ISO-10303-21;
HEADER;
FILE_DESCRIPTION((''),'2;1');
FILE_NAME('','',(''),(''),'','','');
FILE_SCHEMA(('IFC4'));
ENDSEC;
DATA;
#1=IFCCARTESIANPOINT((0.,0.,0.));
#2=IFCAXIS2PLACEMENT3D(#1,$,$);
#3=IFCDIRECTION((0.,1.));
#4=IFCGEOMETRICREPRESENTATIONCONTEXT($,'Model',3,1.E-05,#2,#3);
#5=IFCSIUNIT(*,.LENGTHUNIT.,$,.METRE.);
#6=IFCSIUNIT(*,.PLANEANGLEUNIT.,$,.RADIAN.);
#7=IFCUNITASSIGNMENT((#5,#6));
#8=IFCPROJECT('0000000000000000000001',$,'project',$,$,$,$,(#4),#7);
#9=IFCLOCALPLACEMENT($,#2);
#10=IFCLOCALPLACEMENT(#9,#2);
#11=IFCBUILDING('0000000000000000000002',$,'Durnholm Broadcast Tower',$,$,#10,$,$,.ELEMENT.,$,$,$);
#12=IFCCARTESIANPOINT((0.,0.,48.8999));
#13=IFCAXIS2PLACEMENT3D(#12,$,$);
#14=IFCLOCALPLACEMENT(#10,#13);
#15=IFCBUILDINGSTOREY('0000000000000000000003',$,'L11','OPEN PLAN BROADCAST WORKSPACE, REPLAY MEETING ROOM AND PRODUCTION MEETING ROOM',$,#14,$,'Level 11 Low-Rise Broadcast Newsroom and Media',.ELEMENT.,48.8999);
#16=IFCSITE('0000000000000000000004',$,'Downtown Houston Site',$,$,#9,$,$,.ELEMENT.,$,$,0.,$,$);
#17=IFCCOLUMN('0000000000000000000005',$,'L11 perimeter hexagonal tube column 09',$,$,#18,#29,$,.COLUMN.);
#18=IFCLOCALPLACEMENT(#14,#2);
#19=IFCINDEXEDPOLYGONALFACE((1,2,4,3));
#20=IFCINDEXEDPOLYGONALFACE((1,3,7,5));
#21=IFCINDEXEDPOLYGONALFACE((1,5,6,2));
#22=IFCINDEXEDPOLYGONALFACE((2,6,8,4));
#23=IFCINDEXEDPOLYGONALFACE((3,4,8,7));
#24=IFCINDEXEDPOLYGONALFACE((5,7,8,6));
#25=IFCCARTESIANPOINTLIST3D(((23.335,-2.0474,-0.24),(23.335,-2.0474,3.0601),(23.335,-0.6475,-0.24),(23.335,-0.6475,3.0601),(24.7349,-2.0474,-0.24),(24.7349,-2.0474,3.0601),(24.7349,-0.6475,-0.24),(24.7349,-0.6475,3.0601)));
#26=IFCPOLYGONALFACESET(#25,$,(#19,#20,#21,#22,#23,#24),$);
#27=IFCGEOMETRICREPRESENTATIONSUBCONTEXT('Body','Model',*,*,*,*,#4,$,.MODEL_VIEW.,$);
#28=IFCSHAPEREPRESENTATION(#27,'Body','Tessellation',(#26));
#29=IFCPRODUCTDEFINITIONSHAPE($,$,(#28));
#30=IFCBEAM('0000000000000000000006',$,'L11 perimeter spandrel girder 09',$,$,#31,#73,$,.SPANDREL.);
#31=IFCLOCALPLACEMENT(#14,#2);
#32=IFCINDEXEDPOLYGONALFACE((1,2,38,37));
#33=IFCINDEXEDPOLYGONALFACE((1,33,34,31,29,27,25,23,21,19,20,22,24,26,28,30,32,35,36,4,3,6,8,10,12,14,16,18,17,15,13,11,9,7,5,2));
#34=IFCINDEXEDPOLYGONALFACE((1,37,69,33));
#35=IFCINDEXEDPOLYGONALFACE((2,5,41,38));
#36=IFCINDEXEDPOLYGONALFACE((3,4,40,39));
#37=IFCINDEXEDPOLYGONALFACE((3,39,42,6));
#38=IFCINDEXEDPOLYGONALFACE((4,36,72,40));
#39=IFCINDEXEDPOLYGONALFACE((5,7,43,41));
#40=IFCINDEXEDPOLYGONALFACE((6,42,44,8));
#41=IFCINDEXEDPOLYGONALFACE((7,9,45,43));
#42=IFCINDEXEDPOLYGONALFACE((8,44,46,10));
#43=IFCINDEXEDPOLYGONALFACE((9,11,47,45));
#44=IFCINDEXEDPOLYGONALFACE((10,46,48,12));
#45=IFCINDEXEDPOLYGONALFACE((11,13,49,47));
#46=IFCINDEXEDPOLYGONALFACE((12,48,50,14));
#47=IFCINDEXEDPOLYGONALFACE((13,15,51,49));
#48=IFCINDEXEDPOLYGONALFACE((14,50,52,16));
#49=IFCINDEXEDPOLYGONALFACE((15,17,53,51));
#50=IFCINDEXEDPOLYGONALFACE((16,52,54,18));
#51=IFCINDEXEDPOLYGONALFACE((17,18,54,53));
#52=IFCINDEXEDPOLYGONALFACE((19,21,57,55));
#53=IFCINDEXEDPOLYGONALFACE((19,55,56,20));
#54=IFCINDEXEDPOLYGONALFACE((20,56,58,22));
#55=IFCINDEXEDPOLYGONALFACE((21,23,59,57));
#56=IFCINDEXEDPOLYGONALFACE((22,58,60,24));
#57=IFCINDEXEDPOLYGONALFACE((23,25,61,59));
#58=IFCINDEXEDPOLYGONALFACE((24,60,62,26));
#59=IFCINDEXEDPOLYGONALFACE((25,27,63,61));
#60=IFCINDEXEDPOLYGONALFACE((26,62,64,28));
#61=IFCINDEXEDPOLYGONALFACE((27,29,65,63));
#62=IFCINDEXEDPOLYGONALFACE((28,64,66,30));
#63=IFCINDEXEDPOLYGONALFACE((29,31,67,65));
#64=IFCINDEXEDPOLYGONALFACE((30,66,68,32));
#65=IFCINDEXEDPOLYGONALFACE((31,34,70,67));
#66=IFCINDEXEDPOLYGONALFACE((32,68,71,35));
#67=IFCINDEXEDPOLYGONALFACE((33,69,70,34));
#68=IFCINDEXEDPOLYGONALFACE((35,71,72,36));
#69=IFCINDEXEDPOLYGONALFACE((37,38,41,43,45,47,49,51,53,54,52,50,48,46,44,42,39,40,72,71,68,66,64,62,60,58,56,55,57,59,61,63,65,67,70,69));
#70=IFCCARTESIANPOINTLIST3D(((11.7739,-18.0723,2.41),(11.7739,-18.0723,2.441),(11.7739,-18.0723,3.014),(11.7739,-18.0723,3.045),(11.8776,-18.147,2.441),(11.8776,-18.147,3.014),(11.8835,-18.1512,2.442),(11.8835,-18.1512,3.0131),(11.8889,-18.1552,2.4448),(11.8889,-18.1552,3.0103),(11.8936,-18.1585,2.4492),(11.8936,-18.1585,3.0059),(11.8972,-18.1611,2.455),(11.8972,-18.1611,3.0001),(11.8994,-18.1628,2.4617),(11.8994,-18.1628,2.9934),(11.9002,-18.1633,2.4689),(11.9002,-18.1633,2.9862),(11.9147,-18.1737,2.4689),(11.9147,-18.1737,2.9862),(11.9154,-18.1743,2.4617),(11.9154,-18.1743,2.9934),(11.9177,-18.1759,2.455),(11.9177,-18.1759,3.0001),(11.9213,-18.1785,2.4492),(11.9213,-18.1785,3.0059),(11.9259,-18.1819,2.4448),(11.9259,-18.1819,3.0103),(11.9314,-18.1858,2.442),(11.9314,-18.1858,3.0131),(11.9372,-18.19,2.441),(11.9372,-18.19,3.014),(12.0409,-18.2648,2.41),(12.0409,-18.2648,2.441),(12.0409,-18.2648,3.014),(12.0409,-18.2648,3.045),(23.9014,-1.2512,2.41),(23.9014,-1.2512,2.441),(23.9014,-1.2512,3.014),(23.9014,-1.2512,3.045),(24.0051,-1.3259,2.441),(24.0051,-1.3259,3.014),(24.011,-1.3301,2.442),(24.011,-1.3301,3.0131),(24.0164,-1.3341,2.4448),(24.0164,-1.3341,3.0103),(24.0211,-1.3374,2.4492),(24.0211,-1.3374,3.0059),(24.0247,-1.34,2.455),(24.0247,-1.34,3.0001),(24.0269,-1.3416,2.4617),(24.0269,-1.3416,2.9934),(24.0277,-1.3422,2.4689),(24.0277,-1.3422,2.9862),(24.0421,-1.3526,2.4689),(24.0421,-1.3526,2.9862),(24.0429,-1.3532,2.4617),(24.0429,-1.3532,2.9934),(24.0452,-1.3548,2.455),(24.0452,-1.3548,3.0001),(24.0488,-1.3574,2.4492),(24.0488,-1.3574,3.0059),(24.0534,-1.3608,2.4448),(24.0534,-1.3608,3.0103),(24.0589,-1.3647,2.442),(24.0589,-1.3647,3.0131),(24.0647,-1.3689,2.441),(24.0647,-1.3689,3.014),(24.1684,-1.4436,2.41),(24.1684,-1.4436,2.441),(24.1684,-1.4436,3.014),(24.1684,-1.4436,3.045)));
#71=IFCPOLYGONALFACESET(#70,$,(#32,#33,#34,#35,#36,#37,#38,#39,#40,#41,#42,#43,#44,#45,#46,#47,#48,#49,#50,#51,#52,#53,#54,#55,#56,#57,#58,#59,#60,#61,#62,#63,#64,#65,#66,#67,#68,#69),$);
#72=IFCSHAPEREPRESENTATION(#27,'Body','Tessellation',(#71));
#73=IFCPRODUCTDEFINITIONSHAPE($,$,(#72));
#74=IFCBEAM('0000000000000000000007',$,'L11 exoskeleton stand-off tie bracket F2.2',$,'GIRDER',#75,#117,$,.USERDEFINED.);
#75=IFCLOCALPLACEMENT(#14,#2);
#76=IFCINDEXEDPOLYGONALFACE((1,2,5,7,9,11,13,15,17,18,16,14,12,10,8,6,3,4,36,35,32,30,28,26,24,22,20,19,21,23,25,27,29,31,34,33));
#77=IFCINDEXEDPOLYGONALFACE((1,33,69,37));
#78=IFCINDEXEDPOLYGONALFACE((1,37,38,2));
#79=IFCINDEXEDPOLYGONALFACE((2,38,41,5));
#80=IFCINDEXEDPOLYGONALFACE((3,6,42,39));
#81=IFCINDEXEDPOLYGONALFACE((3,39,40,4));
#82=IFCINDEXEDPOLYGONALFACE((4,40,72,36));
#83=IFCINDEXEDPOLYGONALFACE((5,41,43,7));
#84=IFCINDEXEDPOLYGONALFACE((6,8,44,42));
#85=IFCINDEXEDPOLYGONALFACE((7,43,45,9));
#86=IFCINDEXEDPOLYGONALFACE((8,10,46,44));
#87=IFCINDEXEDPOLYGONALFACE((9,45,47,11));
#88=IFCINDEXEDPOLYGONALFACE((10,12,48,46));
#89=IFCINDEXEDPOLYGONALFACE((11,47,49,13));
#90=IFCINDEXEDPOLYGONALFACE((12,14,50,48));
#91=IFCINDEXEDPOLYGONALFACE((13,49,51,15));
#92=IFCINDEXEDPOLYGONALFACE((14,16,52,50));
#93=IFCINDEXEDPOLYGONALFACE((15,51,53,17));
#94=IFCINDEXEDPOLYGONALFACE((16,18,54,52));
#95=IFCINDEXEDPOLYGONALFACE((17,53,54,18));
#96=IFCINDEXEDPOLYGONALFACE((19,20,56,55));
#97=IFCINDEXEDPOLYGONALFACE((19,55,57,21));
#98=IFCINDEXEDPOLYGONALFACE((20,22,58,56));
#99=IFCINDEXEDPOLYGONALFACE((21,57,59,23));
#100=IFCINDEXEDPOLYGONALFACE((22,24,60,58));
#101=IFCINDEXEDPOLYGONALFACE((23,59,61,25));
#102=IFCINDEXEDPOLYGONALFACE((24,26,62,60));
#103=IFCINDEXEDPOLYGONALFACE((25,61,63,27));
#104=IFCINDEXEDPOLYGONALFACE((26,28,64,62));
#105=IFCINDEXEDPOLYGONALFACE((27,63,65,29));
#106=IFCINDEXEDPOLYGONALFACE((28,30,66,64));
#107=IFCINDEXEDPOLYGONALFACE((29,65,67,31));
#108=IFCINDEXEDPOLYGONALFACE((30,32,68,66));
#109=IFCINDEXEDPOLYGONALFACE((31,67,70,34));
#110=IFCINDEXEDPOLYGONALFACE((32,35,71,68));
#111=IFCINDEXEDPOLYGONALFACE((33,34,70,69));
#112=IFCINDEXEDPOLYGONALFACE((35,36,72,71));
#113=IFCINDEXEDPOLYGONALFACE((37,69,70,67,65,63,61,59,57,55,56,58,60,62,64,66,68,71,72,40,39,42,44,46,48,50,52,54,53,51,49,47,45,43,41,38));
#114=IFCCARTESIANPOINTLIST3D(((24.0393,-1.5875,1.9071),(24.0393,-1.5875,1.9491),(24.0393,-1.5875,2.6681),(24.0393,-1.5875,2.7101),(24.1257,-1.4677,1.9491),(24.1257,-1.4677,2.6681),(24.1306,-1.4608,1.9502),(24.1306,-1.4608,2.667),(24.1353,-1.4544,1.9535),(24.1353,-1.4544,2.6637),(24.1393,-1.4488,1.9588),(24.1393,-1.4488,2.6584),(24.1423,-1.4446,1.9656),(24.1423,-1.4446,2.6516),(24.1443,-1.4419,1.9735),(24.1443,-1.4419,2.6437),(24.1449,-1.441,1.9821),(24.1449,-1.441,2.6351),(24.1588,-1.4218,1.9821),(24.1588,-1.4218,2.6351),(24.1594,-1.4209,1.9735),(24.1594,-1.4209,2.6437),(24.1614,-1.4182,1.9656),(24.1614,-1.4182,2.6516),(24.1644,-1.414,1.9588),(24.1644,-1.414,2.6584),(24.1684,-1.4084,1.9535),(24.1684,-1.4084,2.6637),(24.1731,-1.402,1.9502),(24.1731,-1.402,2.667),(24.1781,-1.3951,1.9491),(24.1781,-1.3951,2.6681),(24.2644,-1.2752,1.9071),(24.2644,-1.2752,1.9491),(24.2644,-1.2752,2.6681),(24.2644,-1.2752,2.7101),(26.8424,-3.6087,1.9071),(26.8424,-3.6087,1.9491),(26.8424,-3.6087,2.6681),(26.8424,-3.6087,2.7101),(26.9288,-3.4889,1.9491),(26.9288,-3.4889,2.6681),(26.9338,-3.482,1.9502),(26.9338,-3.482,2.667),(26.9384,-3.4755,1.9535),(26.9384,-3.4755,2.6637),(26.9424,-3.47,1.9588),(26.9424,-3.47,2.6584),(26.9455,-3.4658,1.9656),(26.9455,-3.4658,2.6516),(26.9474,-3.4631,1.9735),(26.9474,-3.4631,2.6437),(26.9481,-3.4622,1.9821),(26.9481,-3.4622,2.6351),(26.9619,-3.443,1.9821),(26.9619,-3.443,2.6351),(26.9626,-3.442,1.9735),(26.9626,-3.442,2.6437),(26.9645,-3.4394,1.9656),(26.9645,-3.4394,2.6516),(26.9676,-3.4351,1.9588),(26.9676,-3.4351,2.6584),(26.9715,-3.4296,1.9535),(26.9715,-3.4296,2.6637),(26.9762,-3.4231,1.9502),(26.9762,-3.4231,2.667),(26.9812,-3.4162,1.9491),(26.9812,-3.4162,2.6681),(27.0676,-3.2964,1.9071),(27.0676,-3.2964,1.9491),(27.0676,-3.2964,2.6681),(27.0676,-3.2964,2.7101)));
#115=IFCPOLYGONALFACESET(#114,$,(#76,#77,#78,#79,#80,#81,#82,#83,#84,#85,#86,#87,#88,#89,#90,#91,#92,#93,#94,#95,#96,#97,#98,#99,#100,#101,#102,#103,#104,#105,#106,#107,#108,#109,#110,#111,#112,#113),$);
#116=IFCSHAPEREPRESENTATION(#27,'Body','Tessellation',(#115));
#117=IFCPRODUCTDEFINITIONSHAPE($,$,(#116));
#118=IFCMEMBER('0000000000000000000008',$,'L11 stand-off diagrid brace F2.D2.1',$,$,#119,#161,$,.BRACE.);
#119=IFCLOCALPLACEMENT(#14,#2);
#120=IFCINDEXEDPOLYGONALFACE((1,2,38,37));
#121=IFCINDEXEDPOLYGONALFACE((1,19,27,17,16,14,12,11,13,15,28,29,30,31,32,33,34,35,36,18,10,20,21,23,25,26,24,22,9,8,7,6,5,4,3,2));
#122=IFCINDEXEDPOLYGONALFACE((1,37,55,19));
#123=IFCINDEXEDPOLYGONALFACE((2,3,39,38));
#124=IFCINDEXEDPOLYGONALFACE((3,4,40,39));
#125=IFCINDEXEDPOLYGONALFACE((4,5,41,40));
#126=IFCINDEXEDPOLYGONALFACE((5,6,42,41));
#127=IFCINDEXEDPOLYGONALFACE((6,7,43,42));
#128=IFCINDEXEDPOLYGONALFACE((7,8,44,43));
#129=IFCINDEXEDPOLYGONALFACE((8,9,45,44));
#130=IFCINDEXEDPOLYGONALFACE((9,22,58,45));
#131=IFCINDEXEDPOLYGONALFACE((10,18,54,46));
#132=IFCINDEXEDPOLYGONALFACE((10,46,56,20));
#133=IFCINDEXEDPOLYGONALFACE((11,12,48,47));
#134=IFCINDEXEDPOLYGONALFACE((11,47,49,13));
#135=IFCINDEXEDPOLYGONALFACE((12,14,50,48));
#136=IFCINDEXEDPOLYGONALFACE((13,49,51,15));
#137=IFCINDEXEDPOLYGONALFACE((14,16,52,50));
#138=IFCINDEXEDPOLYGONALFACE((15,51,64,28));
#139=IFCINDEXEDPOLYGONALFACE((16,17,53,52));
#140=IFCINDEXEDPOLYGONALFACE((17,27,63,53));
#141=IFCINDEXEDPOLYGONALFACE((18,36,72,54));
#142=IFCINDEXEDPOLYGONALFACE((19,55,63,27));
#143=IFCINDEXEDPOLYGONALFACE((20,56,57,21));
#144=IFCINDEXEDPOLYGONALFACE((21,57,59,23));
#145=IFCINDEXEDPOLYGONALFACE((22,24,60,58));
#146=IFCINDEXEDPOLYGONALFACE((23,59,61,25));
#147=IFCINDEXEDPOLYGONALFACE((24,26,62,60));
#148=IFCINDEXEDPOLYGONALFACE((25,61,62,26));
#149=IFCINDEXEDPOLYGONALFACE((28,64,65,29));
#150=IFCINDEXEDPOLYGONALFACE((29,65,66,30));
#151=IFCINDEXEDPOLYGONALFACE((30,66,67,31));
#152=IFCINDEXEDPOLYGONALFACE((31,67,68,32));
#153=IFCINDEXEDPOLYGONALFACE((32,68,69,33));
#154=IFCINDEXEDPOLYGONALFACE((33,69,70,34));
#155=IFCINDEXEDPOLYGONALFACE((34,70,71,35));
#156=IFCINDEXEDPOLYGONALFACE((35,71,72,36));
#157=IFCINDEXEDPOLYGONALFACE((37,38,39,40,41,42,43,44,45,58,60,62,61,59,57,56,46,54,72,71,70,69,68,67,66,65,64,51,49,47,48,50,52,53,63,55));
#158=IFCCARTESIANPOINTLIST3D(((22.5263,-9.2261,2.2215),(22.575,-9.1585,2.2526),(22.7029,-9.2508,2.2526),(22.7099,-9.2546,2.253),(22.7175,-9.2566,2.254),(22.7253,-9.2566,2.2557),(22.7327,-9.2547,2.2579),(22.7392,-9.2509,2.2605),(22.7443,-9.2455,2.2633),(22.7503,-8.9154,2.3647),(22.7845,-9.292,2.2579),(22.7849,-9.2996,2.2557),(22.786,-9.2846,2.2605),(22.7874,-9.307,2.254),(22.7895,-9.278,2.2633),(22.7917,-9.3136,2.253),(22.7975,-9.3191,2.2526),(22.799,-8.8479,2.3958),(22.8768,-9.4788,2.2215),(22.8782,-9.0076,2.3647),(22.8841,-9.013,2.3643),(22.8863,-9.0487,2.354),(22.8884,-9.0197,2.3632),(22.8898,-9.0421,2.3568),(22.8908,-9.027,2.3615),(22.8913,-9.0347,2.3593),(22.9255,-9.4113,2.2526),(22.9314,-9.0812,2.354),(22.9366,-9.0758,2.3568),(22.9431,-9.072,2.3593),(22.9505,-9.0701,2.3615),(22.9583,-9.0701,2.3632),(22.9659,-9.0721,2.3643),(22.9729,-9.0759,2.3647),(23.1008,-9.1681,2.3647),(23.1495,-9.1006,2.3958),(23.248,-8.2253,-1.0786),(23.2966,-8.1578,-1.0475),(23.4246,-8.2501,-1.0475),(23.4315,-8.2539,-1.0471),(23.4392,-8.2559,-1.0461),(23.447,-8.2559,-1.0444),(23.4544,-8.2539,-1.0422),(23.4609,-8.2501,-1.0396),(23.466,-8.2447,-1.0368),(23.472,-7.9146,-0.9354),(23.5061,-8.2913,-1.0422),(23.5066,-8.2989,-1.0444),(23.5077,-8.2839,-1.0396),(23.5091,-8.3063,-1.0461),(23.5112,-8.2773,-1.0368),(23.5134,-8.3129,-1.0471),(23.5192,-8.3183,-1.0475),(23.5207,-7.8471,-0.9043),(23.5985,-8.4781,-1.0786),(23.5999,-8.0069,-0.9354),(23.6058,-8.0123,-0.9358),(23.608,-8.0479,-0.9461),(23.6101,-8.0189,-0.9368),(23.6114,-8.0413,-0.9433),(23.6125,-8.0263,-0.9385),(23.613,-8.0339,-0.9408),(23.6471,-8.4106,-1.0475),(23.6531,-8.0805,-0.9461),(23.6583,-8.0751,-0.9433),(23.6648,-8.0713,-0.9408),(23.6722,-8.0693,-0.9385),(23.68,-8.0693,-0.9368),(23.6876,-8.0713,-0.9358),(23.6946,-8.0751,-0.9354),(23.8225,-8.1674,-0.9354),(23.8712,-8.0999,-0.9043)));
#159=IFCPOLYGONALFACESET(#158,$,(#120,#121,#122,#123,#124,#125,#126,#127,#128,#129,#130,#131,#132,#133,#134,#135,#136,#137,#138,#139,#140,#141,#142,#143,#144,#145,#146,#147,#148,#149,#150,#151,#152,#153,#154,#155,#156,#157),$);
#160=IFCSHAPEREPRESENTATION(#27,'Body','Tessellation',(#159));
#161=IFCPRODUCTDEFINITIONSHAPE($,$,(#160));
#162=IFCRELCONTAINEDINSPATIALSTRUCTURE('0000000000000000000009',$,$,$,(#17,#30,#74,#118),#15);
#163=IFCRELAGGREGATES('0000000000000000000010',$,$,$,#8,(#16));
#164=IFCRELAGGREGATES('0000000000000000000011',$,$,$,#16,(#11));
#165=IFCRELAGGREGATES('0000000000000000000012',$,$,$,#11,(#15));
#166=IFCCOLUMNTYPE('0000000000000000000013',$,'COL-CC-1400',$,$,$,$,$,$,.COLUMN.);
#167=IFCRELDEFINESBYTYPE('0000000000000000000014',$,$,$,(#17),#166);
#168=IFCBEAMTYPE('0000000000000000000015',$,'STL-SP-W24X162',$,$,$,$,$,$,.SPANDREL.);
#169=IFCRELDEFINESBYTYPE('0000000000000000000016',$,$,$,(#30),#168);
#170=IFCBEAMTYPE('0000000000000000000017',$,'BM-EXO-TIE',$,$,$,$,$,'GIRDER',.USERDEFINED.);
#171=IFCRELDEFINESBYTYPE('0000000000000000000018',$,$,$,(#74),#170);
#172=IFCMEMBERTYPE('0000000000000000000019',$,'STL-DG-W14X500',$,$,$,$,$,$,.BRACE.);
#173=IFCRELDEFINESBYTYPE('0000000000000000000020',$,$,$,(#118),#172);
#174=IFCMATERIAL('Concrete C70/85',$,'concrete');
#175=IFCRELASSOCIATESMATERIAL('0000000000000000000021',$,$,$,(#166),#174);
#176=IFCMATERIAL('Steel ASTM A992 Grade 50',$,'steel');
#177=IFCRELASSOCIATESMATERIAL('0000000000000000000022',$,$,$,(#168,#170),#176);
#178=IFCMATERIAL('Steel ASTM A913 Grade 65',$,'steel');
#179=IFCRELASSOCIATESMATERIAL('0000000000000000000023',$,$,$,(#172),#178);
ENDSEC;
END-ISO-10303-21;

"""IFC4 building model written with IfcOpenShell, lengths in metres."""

from ifc_helpers import new_model, si_unit, direction, frame, origin, origin_2d, place, context, subcontext, project, spatial, rectangle, i_section, extrude, source, transform, mapped, material, material_profile, profile_set, type_object, type_shapes, element, save


model = new_model("IFC4")

# Units and contexts
model_context = context("Model", 3, precision=1e-05, world=origin(), true_north=direction((0.0, 1.0)))
body_context = subcontext(model_context, "Body", "Model", "MODEL_VIEW")
ifc_project = project(units=[si_unit("LENGTHUNIT", "METRE"), si_unit("PLANEANGLEUNIT", "RADIAN")], contexts=[model_context])

# Site, building, storey
site_placement = place(None, origin())
site = spatial("IfcSite", under=ifc_project, at=site_placement, Name="Downtown Houston Site", CompositionType="ELEMENT", RefElevation=0.0)
building_placement = place(site_placement, origin())
building = spatial("IfcBuilding", under=site, at=building_placement, Name="Durnholm Broadcast Tower", CompositionType="ELEMENT")
storey_placement = place(building_placement, frame((0.0, 0.0, 48.8999)))
storey = spatial("IfcBuildingStorey", under=building, at=storey_placement, Name="L11", Description="OPEN PLAN BROADCAST WORKSPACE, REPLAY MEETING ROOM AND PRODUCTION MEETING ROOM", LongName="Level 11 Low-Rise Broadcast Newsroom and Media", CompositionType="ELEMENT", Elevation=48.8999)

# Column
ifc_material_1 = material(Name="Concrete C70/85", Category="concrete")
ifc_material_profile_1 = material_profile(ifc_material_1, rectangle(XDim=1.3999, YDim=1.3999, at=origin_2d()), Name="RC1400X1400")
ifc_profile_set_1 = profile_set([ifc_material_profile_1], Name="Concrete C70/85")
column_type = type_object("IfcColumnType", Name="COL-CC-1400", PredefinedType="COLUMN", material=ifc_profile_set_1)
shared_shape_1 = source(origin(), body_context, "Body", "SweptSolid", [
    extrude(rectangle(XDim=1.3999, YDim=1.3999, at=origin_2d()), origin(), (0.0, 0.0, 1.0), 3.3),
])
type_shapes(column_type, [shared_shape_1])
column_placement = place(storey_placement, frame((24.0349, -1.3474, -0.24), z_axis=(0.0, 0.0, 1.0), x_axis=(1.0, 0.0, 0.0)))
element("IfcColumn", 1, at=column_placement, inside=storey, type_object=column_type, Name="L11 perimeter hexagonal tube column 09", PredefinedType="COLUMN", context=body_context, shape_type="MappedRepresentation", body=[
    mapped(shared_shape_1, transform((0.0, 0.0, 0.0), x_axis=(1.0, 0.0, 0.0), y_axis=(0.0, 1.0, 0.0), z_axis=(0.0, 0.0, 1.0), scale=1.0)),
])

# Beams
ifc_material_2 = material(Name="Steel ASTM A992 Grade 50", Category="steel")
ifc_material_profile_2 = material_profile(ifc_material_2, i_section(OverallWidth=0.3291, OverallDepth=0.635, WebThickness=0.0178, FlangeThickness=0.031, FilletRadius=0.0278, at=origin_2d()), Name="W24X162")
ifc_profile_set_2 = profile_set([ifc_material_profile_2], Name="Steel ASTM A992 Grade 50")
beam_type_1 = type_object("IfcBeamType", Name="STL-SP-W24X162", PredefinedType="SPANDREL", material=ifc_profile_set_2)
shared_shape_2 = source(origin(), body_context, "Body", "SweptSolid", [
    extrude(i_section(OverallWidth=0.3291, OverallDepth=0.635, WebThickness=0.0178, FlangeThickness=0.031, FilletRadius=0.0278, at=origin_2d()), origin(), (0.0, 0.0, 1.0), 20.7371),
])
type_shapes(beam_type_1, [shared_shape_2])
beam_1_placement = place(storey_placement, frame((24.0349, -1.3474, 2.7275), z_axis=(-0.584822, -0.811162, 0.0), x_axis=(0.811162, -0.584822, 0.0)))
element("IfcBeam", 2, at=beam_1_placement, inside=storey, type_object=beam_type_1, Name="L11 perimeter spandrel girder 09", PredefinedType="SPANDREL", context=body_context, shape_type="MappedRepresentation", body=[
    mapped(shared_shape_2, transform((0.0, 0.0, 0.0), x_axis=(1.0, 0.0, 0.0), y_axis=(0.0, 1.0, 0.0), z_axis=(0.0, 0.0, 1.0), scale=1.0)),
])
ifc_material_profile_3 = material_profile(ifc_material_2, i_section(OverallWidth=0.385, OverallDepth=0.803, WebThickness=0.0237, FlangeThickness=0.042, FilletRadius=0.033, at=origin_2d()), Name="W30X261")
ifc_profile_set_3 = profile_set([ifc_material_profile_3], Name="Steel ASTM A992 Grade 50")
beam_type_2 = type_object("IfcBeamType", Name="BM-EXO-TIE", ElementType="GIRDER", PredefinedType="USERDEFINED", material=ifc_profile_set_3)
shared_shape_3 = source(origin(), body_context, "Body", "SweptSolid", [
    extrude(i_section(OverallWidth=0.385, OverallDepth=0.803, WebThickness=0.0237, FlangeThickness=0.042, FilletRadius=0.033, at=origin_2d()), origin(), (0.0, 0.0, 1.0), 3.4558),
])
type_shapes(beam_type_2, [shared_shape_3])
beam_2_placement = place(storey_placement, frame((24.1519, -1.4314, 2.3086), z_axis=(0.811134, -0.584861, 0.0), x_axis=(0.584861, 0.811134, 0.0)))
element("IfcBeam", 3, at=beam_2_placement, inside=storey, type_object=beam_type_2, Name="L11 exoskeleton stand-off tie bracket F2.2", ObjectType="GIRDER", PredefinedType="USERDEFINED", context=body_context, shape_type="MappedRepresentation", body=[
    mapped(shared_shape_3, transform((0.0, 0.0, 0.0), x_axis=(1.0, 0.0, 0.0), y_axis=(0.0, 1.0, 0.0), z_axis=(0.0, 0.0, 1.0), scale=1.0)),
])

# Member
ifc_material_3 = material(Name="Steel ASTM A913 Grade 65", Category="steel")
ifc_material_profile_4 = material_profile(ifc_material_3, i_section(OverallWidth=0.4321, OverallDepth=0.4978, WebThickness=0.0557, FlangeThickness=0.0889, FilletRadius=0.0305, at=origin_2d()), Name="W14X500")
ifc_profile_set_4 = profile_set([ifc_material_profile_4], Name="Steel ASTM A913 Grade 65")
member_type_1 = type_object("IfcMemberType", Name="STL-DG-W14X500", PredefinedType="BRACE", material=ifc_profile_set_4)
shared_shape_4 = source(origin(), body_context, "Body", "SweptSolid", [
    extrude(i_section(OverallWidth=0.4321, OverallDepth=0.4978, WebThickness=0.0557, FlangeThickness=0.0889, FilletRadius=0.0305, at=origin_2d()), origin(), (0.0, 0.0, 1.0), 3.5232),
])
type_shapes(member_type_1, [shared_shape_4])
for number, where, z_axis, x_axis, name in (
    (4, (23.5596, -8.1626, -0.9915), (-0.204839, -0.284045, 0.936675), (0.811091, -0.58492, 0.0), "L11 stand-off diagrid brace F2.D2.1"),
):
    element("IfcMember", number, at=place(storey_placement, frame(where, z_axis=z_axis, x_axis=x_axis)), inside=storey, type_object=member_type_1, Name=name, PredefinedType="BRACE", context=body_context, shape_type="MappedRepresentation", body=[
        mapped(shared_shape_4, transform((0.0, 0.0, 0.0), x_axis=(1.0, 0.0, 0.0), y_axis=(0.0, 1.0, 0.0), z_axis=(0.0, 0.0, 1.0), scale=1.0)),
    ])

save(model, "model.ifc")
